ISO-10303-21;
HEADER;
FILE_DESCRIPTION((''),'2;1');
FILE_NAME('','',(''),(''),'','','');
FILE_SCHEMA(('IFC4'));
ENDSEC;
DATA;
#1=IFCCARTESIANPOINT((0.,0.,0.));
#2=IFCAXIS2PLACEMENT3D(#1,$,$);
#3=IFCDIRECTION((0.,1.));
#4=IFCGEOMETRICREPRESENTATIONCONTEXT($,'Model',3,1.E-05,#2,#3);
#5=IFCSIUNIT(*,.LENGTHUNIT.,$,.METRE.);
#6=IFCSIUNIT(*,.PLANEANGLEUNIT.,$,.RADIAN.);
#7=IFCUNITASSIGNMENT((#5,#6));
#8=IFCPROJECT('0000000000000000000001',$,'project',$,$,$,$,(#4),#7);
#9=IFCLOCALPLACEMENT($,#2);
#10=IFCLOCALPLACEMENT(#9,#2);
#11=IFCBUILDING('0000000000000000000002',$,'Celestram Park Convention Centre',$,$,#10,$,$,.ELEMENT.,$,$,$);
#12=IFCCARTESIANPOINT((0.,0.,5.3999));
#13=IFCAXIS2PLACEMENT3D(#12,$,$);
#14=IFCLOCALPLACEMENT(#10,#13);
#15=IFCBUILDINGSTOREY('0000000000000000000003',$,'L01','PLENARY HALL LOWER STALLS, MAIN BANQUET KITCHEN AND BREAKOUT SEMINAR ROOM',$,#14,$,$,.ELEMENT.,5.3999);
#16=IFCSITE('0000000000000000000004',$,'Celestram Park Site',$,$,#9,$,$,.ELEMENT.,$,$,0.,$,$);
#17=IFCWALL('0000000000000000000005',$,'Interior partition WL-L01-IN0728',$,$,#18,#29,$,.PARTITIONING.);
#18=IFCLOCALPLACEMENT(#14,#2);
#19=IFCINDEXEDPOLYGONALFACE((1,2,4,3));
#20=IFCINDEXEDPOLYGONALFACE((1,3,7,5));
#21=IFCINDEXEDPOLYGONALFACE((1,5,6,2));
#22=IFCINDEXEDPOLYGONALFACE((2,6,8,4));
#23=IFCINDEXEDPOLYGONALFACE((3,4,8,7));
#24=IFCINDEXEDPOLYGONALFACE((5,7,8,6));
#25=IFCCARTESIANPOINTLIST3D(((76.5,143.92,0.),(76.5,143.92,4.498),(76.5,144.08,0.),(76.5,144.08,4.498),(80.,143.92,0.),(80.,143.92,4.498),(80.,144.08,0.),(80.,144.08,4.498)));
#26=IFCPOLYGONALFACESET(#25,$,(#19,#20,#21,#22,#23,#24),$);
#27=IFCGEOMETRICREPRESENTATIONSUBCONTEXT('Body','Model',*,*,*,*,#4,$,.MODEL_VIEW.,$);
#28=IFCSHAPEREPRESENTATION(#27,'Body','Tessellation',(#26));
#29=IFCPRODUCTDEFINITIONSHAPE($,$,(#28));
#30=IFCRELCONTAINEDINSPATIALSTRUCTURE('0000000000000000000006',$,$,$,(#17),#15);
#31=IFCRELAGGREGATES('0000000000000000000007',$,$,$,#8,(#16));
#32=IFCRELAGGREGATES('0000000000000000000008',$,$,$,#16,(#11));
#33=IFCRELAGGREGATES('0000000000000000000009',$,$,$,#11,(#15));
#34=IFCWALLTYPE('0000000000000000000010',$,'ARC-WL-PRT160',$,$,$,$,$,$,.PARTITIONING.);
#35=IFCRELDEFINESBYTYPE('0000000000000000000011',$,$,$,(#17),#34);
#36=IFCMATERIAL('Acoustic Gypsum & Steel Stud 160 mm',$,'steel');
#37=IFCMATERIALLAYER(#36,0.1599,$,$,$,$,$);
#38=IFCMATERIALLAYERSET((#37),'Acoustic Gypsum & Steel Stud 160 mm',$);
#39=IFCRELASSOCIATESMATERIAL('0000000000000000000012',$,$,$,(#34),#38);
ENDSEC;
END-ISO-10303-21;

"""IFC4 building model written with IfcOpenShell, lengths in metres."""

from ifc_helpers import new_model, si_unit, direction, frame, frame_2d, origin, place, context, subcontext, project, spatial, rectangle, extrude, material, layer, layer_set, type_object, element, save


model = new_model("IFC4")

# Units and contexts
model_context = context("Model", 3, precision=1e-05, world=origin(), true_north=direction((0.0, 1.0)))
body_context = subcontext(model_context, "Body", "Model", "MODEL_VIEW")
ifc_project = project(units=[si_unit("LENGTHUNIT", "METRE"), si_unit("PLANEANGLEUNIT", "RADIAN")], contexts=[model_context])

# Site, building, storey
site_placement = place(None, origin())
site = spatial("IfcSite", under=ifc_project, at=site_placement, Name="Celestram Park Site", CompositionType="ELEMENT", RefElevation=0.0)
building_placement = place(site_placement, origin())
building = spatial("IfcBuilding", under=site, at=building_placement, Name="Celestram Park Convention Centre", CompositionType="ELEMENT")
storey_placement = place(building_placement, frame((0.0, 0.0, 5.3999)))
storey = spatial("IfcBuildingStorey", under=building, at=storey_placement, Name="L01", Description="PLENARY HALL LOWER STALLS, MAIN BANQUET KITCHEN AND BREAKOUT SEMINAR ROOM", CompositionType="ELEMENT", Elevation=5.3999)

# Shared definitions
ifc_material_1 = material(Name="Acoustic Gypsum & Steel Stud 160 mm", Category="steel")
ifc_layer_1 = layer(ifc_material_1, 0.1599)
ifc_layer_set_1 = layer_set([ifc_layer_1], Name="Acoustic Gypsum & Steel Stud 160 mm")
wall_type_1 = type_object("IfcWallType", Name="ARC-WL-PRT160", PredefinedType="PARTITIONING", material=ifc_layer_set_1)

# Wall
wall_1_placement = place(storey_placement, frame((76.5, 144.0, 0.0), z_axis=(0.0, 0.0, 1.0), x_axis=(1.0, 0.0, 0.0)))
element("IfcWall", 1, at=wall_1_placement, inside=storey, type_object=wall_type_1, Name="Interior partition WL-L01-IN0728", PredefinedType="PARTITIONING", context=body_context, shape_type="SweptSolid", body=[
    extrude(rectangle(XDim=3.5, YDim=0.1599, at=frame_2d((1.75, 0.0))), origin(), (0.0, 0.0, 1.0), 4.498),
])

save(model, "model.ifc")
